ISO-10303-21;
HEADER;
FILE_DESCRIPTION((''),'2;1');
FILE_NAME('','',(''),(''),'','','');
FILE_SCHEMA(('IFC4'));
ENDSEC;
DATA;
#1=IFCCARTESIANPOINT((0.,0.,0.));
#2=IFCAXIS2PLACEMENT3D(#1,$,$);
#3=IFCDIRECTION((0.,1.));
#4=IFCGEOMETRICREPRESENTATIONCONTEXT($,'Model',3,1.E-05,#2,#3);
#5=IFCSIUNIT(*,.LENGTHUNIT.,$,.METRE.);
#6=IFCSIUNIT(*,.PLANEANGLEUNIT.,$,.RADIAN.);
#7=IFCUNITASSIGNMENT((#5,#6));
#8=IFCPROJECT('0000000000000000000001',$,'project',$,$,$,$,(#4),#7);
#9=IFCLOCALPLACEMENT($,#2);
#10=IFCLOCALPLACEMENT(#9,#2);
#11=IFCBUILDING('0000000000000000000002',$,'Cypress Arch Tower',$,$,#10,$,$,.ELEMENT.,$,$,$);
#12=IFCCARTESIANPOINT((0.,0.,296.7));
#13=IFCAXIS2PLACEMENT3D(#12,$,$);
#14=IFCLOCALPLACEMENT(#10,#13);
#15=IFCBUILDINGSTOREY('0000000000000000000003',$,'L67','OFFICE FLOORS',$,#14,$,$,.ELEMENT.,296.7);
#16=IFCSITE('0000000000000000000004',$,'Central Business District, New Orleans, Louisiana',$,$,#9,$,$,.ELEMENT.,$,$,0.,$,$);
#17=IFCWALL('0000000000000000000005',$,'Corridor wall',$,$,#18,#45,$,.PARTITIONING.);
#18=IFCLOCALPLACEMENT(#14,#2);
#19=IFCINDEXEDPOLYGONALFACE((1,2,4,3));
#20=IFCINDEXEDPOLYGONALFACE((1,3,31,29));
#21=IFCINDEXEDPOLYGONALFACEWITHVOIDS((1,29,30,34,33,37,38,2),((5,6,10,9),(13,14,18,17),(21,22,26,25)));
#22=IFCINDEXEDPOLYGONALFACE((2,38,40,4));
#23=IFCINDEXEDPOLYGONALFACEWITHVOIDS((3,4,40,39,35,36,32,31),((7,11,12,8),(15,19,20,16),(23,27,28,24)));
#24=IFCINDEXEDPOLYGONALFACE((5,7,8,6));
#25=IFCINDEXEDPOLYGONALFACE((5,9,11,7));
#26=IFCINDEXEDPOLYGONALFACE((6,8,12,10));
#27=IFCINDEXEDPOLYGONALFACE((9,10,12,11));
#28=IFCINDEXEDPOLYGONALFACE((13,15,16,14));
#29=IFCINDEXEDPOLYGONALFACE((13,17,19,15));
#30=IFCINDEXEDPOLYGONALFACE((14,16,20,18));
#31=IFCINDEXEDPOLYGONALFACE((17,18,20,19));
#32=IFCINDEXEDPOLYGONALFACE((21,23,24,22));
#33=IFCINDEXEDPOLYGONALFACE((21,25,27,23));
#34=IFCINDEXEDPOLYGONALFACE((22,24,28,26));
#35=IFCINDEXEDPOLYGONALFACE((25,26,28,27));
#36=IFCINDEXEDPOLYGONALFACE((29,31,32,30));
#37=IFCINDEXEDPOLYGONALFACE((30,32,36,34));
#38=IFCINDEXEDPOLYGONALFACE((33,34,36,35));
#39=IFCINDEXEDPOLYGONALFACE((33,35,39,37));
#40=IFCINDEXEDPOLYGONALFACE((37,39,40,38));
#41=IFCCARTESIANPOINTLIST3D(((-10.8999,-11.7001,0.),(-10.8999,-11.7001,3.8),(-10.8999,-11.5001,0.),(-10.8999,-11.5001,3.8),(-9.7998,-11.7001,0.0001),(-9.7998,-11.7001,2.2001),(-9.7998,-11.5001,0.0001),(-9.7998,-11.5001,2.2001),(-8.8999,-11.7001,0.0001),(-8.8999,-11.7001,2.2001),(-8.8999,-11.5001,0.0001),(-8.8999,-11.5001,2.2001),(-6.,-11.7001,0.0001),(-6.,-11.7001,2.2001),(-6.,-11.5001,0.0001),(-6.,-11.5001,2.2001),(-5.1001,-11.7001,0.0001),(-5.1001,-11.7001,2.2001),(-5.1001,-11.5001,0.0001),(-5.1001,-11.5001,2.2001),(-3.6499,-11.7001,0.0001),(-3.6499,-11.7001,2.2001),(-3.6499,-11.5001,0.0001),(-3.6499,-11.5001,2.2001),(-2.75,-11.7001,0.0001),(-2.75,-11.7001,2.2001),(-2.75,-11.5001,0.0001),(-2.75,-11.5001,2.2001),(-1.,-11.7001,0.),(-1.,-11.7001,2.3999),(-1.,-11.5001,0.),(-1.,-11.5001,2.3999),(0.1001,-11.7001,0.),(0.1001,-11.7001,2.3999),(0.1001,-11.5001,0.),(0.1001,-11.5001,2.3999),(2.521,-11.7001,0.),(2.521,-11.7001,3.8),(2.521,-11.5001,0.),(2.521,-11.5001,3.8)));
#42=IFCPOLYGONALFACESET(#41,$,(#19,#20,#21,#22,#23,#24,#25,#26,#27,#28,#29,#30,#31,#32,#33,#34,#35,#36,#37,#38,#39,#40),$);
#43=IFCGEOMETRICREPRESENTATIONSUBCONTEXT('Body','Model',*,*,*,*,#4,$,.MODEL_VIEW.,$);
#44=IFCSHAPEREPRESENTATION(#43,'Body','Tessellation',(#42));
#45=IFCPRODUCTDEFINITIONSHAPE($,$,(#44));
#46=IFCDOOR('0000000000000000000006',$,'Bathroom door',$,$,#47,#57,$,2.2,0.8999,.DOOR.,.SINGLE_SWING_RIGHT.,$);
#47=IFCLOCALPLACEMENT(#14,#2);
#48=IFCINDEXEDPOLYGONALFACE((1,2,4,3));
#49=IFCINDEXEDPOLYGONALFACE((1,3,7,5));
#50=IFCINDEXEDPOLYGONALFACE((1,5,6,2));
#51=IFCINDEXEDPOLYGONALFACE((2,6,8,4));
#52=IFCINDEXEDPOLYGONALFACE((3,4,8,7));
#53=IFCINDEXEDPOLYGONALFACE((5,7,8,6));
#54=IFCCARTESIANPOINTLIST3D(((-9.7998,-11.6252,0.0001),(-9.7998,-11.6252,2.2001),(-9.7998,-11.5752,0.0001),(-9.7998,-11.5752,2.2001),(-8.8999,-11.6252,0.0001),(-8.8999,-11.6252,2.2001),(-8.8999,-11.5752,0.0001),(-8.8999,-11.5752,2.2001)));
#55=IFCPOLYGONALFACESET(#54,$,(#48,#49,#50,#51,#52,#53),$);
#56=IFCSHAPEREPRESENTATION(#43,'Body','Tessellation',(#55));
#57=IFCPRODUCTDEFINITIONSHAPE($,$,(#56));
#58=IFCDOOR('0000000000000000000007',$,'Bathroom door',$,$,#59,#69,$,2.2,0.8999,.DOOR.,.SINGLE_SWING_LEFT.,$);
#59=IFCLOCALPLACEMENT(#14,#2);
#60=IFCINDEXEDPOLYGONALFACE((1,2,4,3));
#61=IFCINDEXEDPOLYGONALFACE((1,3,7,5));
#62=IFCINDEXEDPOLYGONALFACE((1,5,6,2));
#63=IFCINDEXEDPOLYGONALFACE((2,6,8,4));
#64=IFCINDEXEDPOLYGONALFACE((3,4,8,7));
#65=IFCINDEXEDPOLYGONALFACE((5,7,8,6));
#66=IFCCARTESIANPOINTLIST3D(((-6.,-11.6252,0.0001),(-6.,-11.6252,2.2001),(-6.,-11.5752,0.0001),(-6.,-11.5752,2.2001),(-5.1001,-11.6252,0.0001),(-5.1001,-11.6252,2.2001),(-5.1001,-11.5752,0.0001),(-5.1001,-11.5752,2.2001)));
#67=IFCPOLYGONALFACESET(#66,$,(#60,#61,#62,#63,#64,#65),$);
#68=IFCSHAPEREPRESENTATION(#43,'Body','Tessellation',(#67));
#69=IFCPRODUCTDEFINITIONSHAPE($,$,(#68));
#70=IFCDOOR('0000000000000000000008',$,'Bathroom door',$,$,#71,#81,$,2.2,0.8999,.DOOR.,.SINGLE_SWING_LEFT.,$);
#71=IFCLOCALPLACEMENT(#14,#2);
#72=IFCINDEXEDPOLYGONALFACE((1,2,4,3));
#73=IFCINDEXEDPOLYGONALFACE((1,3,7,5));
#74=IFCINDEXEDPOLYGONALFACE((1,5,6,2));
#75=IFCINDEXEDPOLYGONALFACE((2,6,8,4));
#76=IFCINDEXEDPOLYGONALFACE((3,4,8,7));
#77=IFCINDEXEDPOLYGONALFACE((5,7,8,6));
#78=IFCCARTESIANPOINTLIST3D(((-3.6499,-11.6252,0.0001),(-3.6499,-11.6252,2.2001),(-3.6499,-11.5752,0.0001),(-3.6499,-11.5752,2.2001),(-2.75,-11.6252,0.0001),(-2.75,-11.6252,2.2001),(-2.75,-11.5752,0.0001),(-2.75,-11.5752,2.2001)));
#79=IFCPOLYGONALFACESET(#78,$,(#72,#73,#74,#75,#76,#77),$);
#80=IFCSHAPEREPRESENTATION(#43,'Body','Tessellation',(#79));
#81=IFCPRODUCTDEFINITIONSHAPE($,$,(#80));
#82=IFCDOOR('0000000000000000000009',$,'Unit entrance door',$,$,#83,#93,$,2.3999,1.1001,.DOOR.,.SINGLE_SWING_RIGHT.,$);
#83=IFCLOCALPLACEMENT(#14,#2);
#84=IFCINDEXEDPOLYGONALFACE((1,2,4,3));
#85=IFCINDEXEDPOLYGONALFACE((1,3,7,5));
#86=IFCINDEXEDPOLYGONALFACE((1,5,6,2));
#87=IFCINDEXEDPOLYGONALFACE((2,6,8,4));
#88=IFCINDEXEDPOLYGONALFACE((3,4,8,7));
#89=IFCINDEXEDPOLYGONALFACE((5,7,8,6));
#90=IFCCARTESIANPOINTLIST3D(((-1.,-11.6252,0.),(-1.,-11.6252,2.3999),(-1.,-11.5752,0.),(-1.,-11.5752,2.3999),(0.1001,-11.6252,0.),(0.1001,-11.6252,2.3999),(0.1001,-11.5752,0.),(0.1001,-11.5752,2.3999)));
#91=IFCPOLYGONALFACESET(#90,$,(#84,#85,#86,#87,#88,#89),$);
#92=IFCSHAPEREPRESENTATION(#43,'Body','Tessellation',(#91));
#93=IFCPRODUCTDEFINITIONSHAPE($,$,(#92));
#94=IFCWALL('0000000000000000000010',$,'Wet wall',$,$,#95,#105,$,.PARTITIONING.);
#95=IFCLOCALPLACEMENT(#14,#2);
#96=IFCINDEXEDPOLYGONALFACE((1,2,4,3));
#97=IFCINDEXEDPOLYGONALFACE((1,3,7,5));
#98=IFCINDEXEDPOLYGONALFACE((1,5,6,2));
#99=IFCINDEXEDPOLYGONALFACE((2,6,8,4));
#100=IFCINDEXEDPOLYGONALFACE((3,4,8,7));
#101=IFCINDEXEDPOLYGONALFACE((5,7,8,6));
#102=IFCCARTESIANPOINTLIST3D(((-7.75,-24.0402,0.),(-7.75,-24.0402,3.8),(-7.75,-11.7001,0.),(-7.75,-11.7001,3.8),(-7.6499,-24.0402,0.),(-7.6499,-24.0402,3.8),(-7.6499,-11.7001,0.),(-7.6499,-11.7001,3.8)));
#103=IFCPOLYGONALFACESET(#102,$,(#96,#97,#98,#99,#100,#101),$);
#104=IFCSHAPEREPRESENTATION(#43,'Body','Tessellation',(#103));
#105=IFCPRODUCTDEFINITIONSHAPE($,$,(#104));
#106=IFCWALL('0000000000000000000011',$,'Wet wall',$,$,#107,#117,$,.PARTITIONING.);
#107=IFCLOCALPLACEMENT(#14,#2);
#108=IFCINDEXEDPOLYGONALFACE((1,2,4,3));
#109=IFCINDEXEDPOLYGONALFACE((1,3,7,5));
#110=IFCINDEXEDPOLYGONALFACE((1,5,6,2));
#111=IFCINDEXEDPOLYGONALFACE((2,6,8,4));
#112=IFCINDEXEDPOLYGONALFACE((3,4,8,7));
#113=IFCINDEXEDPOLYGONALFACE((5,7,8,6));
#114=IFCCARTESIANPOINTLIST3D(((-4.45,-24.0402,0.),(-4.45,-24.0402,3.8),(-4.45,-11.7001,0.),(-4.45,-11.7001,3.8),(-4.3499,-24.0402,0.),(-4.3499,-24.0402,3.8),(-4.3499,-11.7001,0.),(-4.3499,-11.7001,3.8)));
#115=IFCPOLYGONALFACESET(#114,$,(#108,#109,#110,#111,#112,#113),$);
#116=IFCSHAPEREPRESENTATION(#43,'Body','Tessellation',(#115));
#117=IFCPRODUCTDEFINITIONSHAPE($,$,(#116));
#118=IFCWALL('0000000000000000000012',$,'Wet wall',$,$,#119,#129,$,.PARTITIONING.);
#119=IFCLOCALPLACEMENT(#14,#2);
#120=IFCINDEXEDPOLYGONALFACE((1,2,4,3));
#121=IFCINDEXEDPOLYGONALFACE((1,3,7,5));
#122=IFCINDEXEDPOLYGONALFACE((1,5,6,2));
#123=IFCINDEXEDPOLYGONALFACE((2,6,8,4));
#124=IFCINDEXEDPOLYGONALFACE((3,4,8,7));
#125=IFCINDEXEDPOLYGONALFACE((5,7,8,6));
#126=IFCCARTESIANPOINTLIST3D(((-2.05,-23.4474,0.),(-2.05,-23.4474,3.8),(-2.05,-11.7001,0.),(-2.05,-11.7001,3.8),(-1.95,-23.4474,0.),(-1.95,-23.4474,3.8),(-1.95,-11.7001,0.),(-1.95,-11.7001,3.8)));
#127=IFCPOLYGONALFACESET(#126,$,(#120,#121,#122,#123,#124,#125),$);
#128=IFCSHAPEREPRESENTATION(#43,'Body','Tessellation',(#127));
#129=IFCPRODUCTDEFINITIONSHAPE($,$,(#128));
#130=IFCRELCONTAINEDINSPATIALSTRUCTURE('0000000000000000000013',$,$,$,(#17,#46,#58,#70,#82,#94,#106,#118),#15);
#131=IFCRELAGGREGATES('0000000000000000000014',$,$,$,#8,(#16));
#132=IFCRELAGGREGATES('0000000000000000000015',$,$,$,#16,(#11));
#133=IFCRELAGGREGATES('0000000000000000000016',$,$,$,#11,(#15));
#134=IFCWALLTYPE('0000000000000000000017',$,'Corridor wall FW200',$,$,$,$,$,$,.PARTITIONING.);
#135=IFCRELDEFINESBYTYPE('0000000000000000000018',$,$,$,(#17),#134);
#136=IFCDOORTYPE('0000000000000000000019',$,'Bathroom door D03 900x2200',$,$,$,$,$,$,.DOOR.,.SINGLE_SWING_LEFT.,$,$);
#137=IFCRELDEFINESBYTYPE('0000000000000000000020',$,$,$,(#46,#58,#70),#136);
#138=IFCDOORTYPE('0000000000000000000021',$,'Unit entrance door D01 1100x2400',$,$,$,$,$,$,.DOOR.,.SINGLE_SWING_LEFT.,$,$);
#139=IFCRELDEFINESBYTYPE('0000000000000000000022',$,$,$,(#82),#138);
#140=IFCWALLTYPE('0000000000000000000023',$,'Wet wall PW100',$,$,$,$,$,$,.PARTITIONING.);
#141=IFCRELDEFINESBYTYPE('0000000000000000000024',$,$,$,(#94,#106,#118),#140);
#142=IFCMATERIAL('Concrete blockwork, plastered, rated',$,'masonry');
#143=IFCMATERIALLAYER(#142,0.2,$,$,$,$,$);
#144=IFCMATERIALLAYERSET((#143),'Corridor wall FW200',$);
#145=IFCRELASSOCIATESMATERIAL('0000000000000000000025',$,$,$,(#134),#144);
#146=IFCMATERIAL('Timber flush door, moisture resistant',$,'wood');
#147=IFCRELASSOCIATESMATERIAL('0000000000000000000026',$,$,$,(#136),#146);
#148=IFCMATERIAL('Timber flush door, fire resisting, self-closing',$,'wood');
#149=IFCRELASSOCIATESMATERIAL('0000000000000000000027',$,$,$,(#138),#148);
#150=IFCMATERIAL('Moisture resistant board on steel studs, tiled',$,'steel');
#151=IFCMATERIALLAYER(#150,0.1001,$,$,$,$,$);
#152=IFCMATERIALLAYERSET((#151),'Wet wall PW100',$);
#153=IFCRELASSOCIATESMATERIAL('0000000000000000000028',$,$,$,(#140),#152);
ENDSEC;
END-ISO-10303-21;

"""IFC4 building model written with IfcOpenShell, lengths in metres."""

from ifc_helpers import new_model, si_unit, direction, frame, frame_2d, origin, place, context, subcontext, project, spatial, rectangle, extrude, material, layer, layer_set, type_object, element, fill, save


model = new_model("IFC4")

# Units and contexts
model_context = context("Model", 3, precision=1e-05, world=origin(), true_north=direction((0.0, 1.0)))
body_context = subcontext(model_context, "Body", "Model", "MODEL_VIEW")
ifc_project = project(units=[si_unit("LENGTHUNIT", "METRE"), si_unit("PLANEANGLEUNIT", "RADIAN")], contexts=[model_context])

# Site, building, storey
site_placement = place(None, origin())
site = spatial("IfcSite", under=ifc_project, at=site_placement, Name="Central Business District, New Orleans, Louisiana", CompositionType="ELEMENT", RefElevation=0.0)
building_placement = place(site_placement, origin())
building = spatial("IfcBuilding", under=site, at=building_placement, Name="Cypress Arch Tower", CompositionType="ELEMENT")
storey_placement = place(building_placement, frame((0.0, 0.0, 296.7)))
storey = spatial("IfcBuildingStorey", under=building, at=storey_placement, Name="L67", Description="OFFICE FLOORS", CompositionType="ELEMENT", Elevation=296.7)

# Wall, openings, doors
ifc_material_1 = material(Name="Concrete blockwork, plastered, rated", Category="masonry")
ifc_layer_1 = layer(ifc_material_1, 0.2)
ifc_layer_set_1 = layer_set([ifc_layer_1], Name="Corridor wall FW200")
wall_type_1 = type_object("IfcWallType", Name="Corridor wall FW200", PredefinedType="PARTITIONING", material=ifc_layer_set_1)
wall_1_placement = place(storey_placement, frame((-10.8999, -11.6001, 0.0), z_axis=(0.0, 0.0, 1.0), x_axis=(1.0, 0.0, 0.0)))
wall_1 = element("IfcWall", 1, at=wall_1_placement, inside=storey, type_object=wall_type_1, Name="Corridor wall", PredefinedType="PARTITIONING", context=body_context, shape_type="SweptSolid", body=[
    extrude(rectangle(XDim=13.4209, YDim=0.2, at=frame_2d((6.7104, 0.0))), origin(), (0.0, 0.0, 1.0), 3.8),
])
opening_1_placement = place(wall_1_placement, frame((1.1001, 0.0, 0.0)))
opening_1 = element("IfcOpeningElement", 2, at=opening_1_placement, cuts=wall_1, PredefinedType="OPENING", context=body_context, shape_type="SweptSolid", body=[
    extrude(rectangle(XDim=0.8999, YDim=2.2, at=frame_2d((0.45, 1.1001))), frame((0.0, 0.1099, 0.0), z_axis=(0.0, -1.0, 0.0), x_axis=(1.0, 0.0, 0.0)), (0.0, 0.0, 1.0), 0.22),
])
opening_2_placement = place(wall_1_placement, frame((4.8999, 0.0, 0.0)))
opening_2 = element("IfcOpeningElement", 3, at=opening_2_placement, cuts=wall_1, PredefinedType="OPENING", context=body_context, shape_type="SweptSolid", body=[
    extrude(rectangle(XDim=0.8999, YDim=2.2, at=frame_2d((0.45, 1.1001))), frame((0.0, 0.1099, 0.0), z_axis=(0.0, -1.0, 0.0), x_axis=(1.0, 0.0, 0.0)), (0.0, 0.0, 1.0), 0.22),
])
opening_3_placement = place(wall_1_placement, frame((7.25, 0.0, 0.0)))
opening_3 = element("IfcOpeningElement", 4, at=opening_3_placement, cuts=wall_1, PredefinedType="OPENING", context=body_context, shape_type="SweptSolid", body=[
    extrude(rectangle(XDim=0.8999, YDim=2.2, at=frame_2d((0.45, 1.1001))), frame((0.0, 0.1099, 0.0), z_axis=(0.0, -1.0, 0.0), x_axis=(1.0, 0.0, 0.0)), (0.0, 0.0, 1.0), 0.22),
])
opening_4_placement = place(wall_1_placement, frame((9.8999, 0.0, 0.0)))
opening_4 = element("IfcOpeningElement", 5, at=opening_4_placement, cuts=wall_1, PredefinedType="OPENING", context=body_context, shape_type="SweptSolid", body=[
    extrude(rectangle(XDim=1.1001, YDim=2.3999, at=frame_2d((0.55, 1.2))), frame((0.0, 0.1099, 0.0), z_axis=(0.0, -1.0, 0.0), x_axis=(1.0, 0.0, 0.0)), (0.0, 0.0, 1.0), 0.22),
])
ifc_material_2 = material(Name="Timber flush door, moisture resistant", Category="wood")
door_type_1 = type_object("IfcDoorType", Name="Bathroom door D03 900x2200", OperationType="SINGLE_SWING_LEFT", PredefinedType="DOOR", material=ifc_material_2)
door_1_placement = place(opening_1_placement, origin())
door_1 = element("IfcDoor", 6, at=door_1_placement, inside=storey, type_object=door_type_1, Name="Bathroom door", OperationType="SINGLE_SWING_RIGHT", OverallHeight=2.2, OverallWidth=0.8999, PredefinedType="DOOR", context=body_context, shape_type="SweptSolid", body=[
    extrude(rectangle(XDim=0.8999, YDim=2.2, at=frame_2d((0.45, 1.1001))), frame((0.0, 0.0249, 0.0), z_axis=(0.0, -1.0, 0.0), x_axis=(1.0, 0.0, 0.0)), (0.0, 0.0, 1.0), 0.05),
])
fill(opening_1, door_1)
door_2_placement = place(opening_2_placement, origin())
door_2 = element("IfcDoor", 7, at=door_2_placement, inside=storey, type_object=door_type_1, Name="Bathroom door", OperationType="SINGLE_SWING_LEFT", OverallHeight=2.2, OverallWidth=0.8999, PredefinedType="DOOR", context=body_context, shape_type="SweptSolid", body=[
    extrude(rectangle(XDim=0.8999, YDim=2.2, at=frame_2d((0.45, 1.1001))), frame((0.0, 0.0249, 0.0), z_axis=(0.0, -1.0, 0.0), x_axis=(1.0, 0.0, 0.0)), (0.0, 0.0, 1.0), 0.05),
])
fill(opening_2, door_2)
door_3_placement = place(opening_3_placement, origin())
door_3 = element("IfcDoor", 8, at=door_3_placement, inside=storey, type_object=door_type_1, Name="Bathroom door", OperationType="SINGLE_SWING_LEFT", OverallHeight=2.2, OverallWidth=0.8999, PredefinedType="DOOR", context=body_context, shape_type="SweptSolid", body=[
    extrude(rectangle(XDim=0.8999, YDim=2.2, at=frame_2d((0.45, 1.1001))), frame((0.0, 0.0249, 0.0), z_axis=(0.0, -1.0, 0.0), x_axis=(1.0, 0.0, 0.0)), (0.0, 0.0, 1.0), 0.05),
])
fill(opening_3, door_3)
ifc_material_3 = material(Name="Timber flush door, fire resisting, self-closing", Category="wood")
door_type_2 = type_object("IfcDoorType", Name="Unit entrance door D01 1100x2400", OperationType="SINGLE_SWING_LEFT", PredefinedType="DOOR", material=ifc_material_3)
door_4_placement = place(opening_4_placement, origin())
door_4 = element("IfcDoor", 9, at=door_4_placement, inside=storey, type_object=door_type_2, Name="Unit entrance door", OperationType="SINGLE_SWING_RIGHT", OverallHeight=2.3999, OverallWidth=1.1001, PredefinedType="DOOR", context=body_context, shape_type="SweptSolid", body=[
    extrude(rectangle(XDim=1.1001, YDim=2.3999, at=frame_2d((0.55, 1.2))), frame((0.0, 0.0249, 0.0), z_axis=(0.0, -1.0, 0.0), x_axis=(1.0, 0.0, 0.0)), (0.0, 0.0, 1.0), 0.05),
])
fill(opening_4, door_4)

# Walls
ifc_material_4 = material(Name="Moisture resistant board on steel studs, tiled", Category="steel")
ifc_layer_2 = layer(ifc_material_4, 0.1001)
ifc_layer_set_2 = layer_set([ifc_layer_2], Name="Wet wall PW100")
wall_type_2 = type_object("IfcWallType", Name="Wet wall PW100", PredefinedType="PARTITIONING", material=ifc_layer_set_2)
for number, where, z_axis, x_axis, name in (
    (10, (-7.7, -24.04, 0.0), (0.0, 0.0, 1.0), (0.0, 1.0, 0.0), "Wet wall"),
    (11, (-4.3999, -24.04, 0.0), (0.0, 0.0, 1.0), (0.0, 1.0, 0.0), "Wet wall"),
):
    element("IfcWall", number, at=place(storey_placement, frame(where, z_axis=z_axis, x_axis=x_axis)), inside=storey, type_object=wall_type_2, Name=name, PredefinedType="PARTITIONING", context=body_context, shape_type="SweptSolid", body=[
        extrude(rectangle(XDim=12.3401, YDim=0.1001, at=frame_2d((6.1699, 0.0))), origin(), (0.0, 0.0, 1.0), 3.8),
    ])
wall_2_placement = place(storey_placement, frame((-2.0, -23.4473, 0.0), z_axis=(0.0, 0.0, 1.0), x_axis=(0.0, 1.0, 0.0)))
element("IfcWall", 12, at=wall_2_placement, inside=storey, type_object=wall_type_2, Name="Wet wall", PredefinedType="PARTITIONING", context=body_context, shape_type="SweptSolid", body=[
    extrude(rectangle(XDim=11.7473, YDim=0.1001, at=frame_2d((5.8735, 0.0))), origin(), (0.0, 0.0, 1.0), 3.8),
])

save(model, "model.ifc")
